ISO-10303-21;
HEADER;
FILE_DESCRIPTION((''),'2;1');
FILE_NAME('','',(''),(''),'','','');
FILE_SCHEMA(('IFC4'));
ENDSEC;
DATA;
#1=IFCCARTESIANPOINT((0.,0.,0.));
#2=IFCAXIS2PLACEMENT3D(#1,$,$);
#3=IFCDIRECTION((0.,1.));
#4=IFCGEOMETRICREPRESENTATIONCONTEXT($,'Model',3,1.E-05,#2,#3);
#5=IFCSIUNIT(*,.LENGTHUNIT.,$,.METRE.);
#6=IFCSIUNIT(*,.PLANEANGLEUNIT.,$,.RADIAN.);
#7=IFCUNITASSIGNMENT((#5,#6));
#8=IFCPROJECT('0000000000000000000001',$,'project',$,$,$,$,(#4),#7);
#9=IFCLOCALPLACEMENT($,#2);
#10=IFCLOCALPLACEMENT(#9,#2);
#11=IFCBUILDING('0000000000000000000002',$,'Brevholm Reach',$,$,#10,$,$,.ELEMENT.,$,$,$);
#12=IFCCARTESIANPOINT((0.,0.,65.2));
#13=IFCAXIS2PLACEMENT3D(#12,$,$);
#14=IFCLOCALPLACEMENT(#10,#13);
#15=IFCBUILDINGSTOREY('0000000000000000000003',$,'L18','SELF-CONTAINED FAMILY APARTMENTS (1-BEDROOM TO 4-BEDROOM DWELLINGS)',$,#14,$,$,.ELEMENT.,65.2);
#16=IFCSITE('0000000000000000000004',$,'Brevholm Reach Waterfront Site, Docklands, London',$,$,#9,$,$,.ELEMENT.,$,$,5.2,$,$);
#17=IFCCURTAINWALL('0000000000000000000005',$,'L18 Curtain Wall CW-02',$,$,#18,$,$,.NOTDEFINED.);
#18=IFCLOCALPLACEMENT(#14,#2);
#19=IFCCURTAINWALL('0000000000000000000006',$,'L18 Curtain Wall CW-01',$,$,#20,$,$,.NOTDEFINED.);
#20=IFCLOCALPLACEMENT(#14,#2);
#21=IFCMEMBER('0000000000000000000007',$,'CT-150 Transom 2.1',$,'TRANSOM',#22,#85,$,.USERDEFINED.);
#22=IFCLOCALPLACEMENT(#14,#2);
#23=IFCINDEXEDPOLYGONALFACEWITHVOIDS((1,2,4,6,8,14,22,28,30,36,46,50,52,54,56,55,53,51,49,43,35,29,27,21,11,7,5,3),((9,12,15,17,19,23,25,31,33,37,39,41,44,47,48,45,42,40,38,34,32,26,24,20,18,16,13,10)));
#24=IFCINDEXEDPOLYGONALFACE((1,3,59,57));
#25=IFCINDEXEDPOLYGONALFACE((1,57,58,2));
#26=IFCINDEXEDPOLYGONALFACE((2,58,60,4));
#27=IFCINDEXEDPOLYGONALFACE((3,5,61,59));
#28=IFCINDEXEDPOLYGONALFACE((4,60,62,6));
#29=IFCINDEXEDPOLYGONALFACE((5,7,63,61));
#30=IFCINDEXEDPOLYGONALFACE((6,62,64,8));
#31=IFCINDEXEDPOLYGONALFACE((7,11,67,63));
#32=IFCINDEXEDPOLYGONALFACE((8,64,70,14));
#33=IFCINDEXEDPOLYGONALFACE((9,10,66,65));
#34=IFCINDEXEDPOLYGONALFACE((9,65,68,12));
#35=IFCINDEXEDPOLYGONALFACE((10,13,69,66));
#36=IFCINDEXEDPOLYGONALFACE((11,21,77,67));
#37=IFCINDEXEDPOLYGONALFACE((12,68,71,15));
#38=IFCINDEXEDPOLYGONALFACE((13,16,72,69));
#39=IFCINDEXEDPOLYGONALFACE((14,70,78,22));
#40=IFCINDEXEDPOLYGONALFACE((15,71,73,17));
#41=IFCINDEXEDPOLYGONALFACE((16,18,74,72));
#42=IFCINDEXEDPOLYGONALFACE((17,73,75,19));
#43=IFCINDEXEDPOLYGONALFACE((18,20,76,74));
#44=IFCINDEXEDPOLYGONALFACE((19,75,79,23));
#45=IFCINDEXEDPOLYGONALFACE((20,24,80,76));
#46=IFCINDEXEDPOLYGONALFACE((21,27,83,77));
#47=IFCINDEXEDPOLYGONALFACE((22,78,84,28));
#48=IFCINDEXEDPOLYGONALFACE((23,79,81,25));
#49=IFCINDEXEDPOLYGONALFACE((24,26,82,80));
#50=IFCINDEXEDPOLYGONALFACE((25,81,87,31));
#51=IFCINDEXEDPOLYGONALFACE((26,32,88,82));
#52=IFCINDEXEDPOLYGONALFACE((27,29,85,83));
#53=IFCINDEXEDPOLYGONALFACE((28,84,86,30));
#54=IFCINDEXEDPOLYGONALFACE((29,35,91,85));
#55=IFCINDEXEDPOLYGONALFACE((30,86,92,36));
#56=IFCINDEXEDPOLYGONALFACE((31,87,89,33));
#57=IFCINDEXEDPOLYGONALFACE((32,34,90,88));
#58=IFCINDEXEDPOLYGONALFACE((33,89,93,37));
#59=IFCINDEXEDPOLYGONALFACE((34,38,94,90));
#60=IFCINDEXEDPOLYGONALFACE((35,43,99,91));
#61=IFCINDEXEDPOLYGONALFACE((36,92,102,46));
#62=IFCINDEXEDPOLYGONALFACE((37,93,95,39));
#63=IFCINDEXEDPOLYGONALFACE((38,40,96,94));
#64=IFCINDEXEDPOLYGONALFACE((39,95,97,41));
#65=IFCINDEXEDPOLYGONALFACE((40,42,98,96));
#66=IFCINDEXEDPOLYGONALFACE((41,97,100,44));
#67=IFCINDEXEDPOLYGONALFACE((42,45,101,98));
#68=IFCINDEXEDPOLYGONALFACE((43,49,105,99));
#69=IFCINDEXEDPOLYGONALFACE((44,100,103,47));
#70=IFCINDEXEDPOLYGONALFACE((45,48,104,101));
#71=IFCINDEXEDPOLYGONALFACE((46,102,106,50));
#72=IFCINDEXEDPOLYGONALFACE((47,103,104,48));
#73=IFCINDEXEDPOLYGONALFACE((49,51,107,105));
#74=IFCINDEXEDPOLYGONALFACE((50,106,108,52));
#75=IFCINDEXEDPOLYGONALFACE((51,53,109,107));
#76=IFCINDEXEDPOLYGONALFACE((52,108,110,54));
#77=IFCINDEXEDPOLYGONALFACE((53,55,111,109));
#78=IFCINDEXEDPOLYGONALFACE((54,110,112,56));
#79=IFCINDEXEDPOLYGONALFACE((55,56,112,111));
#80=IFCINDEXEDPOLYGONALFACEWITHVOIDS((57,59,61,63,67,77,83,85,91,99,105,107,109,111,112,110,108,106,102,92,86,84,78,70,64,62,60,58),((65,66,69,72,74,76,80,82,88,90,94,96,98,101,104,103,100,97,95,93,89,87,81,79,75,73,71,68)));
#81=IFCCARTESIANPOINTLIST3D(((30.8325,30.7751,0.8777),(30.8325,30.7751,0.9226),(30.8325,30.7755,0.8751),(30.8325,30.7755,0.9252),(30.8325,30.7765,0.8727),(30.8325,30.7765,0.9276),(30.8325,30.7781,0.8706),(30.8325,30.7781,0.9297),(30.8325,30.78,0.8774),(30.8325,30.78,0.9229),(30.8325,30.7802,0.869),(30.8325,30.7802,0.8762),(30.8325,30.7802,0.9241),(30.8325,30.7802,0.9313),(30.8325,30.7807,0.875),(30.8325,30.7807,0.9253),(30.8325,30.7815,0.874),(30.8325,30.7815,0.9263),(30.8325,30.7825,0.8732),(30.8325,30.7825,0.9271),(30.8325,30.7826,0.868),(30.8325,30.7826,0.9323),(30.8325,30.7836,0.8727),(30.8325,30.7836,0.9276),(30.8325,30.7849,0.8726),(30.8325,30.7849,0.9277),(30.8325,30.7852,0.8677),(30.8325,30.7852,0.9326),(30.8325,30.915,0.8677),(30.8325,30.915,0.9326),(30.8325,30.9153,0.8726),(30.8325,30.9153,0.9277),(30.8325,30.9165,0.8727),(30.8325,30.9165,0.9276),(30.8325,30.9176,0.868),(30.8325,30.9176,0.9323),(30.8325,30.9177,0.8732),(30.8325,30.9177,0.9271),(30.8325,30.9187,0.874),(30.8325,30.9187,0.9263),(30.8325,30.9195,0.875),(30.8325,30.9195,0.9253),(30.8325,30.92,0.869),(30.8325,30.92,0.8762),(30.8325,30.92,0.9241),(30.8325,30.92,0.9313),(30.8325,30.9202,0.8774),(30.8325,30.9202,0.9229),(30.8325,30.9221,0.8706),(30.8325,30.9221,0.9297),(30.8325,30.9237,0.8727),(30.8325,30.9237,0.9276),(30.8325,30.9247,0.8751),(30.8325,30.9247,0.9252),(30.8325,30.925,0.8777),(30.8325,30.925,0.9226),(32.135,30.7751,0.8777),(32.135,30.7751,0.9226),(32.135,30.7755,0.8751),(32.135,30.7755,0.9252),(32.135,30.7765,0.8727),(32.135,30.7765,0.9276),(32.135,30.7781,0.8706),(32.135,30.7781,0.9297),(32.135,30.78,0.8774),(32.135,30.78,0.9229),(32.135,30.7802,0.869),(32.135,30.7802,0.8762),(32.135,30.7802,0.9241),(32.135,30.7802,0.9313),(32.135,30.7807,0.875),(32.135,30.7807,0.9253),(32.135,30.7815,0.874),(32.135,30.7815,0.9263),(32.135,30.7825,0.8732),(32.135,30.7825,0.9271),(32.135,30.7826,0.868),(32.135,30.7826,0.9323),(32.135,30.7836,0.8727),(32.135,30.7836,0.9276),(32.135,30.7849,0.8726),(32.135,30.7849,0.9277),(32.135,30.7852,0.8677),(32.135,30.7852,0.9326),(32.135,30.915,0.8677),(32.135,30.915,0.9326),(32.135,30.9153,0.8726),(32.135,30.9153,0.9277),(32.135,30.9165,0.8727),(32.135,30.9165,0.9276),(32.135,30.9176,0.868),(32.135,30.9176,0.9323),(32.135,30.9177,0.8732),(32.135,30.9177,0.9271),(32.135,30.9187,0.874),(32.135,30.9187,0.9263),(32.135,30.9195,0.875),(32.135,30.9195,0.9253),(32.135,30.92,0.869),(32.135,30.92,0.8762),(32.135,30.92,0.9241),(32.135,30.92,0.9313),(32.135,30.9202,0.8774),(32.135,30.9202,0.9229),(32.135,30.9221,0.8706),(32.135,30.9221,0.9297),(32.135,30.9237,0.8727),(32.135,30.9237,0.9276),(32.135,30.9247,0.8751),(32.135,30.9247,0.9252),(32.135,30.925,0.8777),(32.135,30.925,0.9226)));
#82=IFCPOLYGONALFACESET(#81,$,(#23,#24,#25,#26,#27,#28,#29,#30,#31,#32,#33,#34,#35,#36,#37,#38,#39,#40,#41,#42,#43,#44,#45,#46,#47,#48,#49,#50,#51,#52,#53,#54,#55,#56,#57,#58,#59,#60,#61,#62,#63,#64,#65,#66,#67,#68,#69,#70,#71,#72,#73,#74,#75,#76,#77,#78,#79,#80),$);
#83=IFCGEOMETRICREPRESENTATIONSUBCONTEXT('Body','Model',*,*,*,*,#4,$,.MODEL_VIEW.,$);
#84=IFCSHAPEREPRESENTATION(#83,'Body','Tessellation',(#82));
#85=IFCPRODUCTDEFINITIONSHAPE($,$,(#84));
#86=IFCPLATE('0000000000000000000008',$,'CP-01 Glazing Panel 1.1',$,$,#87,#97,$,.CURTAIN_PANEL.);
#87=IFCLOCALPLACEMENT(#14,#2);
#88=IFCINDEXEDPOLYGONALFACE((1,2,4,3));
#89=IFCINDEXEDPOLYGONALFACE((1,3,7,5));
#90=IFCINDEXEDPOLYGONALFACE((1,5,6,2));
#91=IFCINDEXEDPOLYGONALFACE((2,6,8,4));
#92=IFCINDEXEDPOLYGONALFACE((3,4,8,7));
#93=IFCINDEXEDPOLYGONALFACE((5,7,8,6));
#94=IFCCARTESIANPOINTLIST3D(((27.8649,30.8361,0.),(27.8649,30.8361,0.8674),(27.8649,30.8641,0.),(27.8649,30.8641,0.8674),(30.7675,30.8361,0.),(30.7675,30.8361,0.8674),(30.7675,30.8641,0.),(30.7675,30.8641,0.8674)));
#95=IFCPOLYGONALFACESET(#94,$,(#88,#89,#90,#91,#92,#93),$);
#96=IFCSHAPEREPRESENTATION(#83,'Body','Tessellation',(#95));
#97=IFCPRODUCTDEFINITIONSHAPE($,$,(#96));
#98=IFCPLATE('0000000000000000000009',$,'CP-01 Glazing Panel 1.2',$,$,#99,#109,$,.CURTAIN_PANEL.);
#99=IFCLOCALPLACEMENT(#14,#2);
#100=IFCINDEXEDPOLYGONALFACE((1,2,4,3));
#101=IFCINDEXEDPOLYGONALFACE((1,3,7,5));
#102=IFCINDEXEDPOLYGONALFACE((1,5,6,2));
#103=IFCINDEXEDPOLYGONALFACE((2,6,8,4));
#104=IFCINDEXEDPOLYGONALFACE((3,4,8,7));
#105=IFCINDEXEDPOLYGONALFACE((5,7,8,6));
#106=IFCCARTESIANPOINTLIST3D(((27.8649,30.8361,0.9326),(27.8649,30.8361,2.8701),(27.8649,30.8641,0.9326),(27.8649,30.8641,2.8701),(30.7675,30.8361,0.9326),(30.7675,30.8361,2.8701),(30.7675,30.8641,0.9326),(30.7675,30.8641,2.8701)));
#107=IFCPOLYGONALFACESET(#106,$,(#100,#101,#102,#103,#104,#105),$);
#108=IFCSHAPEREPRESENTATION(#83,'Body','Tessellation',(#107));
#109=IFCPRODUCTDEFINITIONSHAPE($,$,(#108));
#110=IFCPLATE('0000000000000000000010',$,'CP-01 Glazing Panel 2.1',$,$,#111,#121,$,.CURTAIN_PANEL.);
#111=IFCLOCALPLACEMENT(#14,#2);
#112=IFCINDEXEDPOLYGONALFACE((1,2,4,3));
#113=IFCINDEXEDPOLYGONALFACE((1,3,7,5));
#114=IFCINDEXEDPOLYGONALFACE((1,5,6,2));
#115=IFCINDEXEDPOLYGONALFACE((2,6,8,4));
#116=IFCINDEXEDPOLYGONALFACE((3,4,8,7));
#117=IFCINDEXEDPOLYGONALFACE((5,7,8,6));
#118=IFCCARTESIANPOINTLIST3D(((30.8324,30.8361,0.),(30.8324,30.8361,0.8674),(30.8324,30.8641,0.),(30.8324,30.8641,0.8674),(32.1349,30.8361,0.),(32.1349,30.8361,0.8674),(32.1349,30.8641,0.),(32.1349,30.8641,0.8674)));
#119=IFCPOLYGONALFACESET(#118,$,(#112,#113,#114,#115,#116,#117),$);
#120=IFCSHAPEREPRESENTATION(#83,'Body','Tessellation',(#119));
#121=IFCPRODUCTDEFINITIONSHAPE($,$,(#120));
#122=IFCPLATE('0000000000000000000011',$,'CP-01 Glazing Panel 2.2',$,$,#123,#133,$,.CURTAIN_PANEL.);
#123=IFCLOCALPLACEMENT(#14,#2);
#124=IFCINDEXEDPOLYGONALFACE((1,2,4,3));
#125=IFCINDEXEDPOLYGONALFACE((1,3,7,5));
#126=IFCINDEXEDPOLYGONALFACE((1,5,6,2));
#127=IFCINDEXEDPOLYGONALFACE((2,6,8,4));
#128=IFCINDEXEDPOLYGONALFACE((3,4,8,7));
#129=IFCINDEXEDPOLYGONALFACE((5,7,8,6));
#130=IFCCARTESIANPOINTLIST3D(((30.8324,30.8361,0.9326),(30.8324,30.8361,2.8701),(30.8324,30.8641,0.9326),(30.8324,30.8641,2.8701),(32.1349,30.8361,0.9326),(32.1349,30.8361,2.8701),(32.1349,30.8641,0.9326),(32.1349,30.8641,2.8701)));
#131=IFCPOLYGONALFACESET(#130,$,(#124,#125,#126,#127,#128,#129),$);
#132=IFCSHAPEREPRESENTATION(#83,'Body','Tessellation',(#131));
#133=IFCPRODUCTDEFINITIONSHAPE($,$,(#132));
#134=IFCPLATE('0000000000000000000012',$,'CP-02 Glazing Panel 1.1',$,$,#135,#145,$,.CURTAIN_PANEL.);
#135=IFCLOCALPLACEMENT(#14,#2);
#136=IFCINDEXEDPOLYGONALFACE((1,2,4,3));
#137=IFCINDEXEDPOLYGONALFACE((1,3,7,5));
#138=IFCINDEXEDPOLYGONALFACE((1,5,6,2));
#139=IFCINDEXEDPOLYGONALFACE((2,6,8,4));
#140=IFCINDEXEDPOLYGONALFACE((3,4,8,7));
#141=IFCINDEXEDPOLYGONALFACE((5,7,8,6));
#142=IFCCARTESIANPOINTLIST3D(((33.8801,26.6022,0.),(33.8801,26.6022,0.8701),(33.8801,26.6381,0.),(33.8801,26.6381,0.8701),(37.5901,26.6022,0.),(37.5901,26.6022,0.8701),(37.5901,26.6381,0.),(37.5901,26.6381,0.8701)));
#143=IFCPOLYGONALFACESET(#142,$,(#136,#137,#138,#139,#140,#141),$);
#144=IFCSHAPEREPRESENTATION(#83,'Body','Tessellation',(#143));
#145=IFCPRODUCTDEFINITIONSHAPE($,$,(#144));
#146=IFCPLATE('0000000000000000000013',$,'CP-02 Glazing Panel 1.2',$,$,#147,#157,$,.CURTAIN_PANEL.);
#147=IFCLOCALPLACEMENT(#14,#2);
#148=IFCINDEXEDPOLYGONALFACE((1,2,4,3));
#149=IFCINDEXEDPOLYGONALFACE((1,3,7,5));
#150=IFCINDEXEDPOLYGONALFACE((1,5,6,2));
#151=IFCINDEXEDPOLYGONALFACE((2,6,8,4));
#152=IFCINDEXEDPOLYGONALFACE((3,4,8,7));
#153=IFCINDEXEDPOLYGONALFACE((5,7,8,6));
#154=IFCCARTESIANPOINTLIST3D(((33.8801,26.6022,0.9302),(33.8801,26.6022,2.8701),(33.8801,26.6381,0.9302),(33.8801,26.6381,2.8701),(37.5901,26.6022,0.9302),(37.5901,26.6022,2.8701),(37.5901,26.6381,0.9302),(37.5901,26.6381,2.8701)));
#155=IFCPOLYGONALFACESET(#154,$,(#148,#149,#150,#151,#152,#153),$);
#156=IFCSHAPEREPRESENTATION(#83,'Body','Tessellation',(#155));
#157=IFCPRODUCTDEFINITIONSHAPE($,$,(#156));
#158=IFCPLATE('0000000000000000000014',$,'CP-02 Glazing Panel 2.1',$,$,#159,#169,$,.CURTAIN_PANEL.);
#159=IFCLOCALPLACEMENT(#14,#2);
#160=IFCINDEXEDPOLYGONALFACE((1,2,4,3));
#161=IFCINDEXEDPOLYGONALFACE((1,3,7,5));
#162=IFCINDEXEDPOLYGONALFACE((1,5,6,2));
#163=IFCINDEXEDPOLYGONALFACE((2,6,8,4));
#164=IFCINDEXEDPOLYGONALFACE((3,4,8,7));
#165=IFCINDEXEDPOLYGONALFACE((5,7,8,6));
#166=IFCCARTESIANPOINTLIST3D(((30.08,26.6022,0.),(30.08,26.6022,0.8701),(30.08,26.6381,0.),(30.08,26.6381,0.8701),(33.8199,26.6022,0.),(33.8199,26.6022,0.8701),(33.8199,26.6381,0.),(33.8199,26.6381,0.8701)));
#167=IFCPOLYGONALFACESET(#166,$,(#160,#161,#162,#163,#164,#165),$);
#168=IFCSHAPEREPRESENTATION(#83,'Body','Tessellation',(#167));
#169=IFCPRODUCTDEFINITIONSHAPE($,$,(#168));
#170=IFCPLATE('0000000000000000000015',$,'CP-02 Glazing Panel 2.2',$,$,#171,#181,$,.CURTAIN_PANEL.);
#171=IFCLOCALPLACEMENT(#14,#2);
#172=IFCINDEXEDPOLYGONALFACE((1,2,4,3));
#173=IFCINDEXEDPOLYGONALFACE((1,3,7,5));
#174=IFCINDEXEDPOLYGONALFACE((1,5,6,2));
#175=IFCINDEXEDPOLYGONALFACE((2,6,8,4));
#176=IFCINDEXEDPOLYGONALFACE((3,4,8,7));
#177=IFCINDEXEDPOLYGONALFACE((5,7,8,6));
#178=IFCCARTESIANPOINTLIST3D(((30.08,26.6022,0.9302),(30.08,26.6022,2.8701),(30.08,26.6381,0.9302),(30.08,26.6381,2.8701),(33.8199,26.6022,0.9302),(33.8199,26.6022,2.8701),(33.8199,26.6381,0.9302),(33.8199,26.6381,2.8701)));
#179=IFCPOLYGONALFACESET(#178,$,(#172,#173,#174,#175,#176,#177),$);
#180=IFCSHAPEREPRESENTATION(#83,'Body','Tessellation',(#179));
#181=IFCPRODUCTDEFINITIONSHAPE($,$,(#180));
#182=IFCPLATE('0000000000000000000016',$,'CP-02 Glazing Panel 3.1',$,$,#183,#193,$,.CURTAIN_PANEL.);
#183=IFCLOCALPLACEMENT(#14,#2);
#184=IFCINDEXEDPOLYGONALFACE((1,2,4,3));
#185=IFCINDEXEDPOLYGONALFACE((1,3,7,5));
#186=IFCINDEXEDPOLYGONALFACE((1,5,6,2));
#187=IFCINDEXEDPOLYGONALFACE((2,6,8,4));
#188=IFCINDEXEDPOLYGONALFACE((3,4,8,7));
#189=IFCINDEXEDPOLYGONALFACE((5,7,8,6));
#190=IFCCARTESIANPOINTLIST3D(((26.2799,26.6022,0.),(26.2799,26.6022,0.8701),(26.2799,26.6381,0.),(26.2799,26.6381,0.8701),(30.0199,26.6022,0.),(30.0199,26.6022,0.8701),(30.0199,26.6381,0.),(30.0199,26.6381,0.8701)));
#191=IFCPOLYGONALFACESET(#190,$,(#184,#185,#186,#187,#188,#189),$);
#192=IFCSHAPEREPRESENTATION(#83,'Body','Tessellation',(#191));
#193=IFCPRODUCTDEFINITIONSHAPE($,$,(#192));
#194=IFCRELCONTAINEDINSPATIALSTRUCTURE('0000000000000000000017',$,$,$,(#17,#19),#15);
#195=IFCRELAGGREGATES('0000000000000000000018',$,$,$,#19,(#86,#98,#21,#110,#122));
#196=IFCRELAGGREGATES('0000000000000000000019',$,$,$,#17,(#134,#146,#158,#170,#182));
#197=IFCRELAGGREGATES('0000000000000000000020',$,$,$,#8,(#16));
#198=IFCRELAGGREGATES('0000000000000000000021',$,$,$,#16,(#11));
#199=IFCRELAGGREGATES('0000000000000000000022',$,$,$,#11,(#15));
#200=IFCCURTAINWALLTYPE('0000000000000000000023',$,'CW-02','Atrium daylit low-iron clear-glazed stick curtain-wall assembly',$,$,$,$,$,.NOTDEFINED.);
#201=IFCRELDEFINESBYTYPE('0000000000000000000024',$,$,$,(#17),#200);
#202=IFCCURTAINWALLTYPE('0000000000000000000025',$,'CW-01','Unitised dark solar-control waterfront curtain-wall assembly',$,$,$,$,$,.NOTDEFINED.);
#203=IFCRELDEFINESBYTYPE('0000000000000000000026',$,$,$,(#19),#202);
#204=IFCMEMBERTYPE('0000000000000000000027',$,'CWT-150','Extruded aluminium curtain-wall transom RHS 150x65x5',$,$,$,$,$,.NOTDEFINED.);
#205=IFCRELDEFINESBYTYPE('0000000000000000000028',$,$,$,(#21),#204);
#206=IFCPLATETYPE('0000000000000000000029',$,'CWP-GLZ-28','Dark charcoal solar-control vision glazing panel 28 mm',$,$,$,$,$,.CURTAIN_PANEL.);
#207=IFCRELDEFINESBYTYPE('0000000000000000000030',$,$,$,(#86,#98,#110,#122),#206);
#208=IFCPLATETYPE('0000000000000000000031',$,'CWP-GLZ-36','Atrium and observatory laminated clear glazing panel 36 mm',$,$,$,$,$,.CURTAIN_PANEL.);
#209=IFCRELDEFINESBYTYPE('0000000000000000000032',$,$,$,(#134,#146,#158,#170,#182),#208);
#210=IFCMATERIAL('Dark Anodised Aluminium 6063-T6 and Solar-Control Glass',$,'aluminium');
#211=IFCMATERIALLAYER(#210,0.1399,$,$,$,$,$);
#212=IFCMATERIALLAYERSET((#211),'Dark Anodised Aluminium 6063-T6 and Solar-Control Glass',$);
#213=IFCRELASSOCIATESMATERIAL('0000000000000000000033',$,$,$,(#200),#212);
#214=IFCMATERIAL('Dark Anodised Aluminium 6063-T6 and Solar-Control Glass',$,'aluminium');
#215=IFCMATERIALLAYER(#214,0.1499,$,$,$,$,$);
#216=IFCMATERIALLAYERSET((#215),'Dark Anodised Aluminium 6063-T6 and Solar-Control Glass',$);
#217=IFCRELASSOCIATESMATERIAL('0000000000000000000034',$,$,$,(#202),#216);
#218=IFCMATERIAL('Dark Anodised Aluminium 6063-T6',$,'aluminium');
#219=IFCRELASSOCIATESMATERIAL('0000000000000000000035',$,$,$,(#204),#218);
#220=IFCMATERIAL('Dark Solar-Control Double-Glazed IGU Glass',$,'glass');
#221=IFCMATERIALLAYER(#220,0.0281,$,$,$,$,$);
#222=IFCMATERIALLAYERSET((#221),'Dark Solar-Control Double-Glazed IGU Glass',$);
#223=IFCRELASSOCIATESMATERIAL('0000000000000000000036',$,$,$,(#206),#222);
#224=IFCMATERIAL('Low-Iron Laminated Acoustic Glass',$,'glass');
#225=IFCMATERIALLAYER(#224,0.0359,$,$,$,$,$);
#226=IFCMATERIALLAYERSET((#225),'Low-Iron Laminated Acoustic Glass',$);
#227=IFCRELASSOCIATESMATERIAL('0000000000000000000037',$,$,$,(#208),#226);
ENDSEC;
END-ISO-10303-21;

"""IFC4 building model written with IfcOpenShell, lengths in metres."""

from ifc_helpers import new_model, si_unit, direction, frame, origin, origin_2d, place, context, subcontext, project, spatial, rectangle, hollow_rectangle, extrude, material, layer, layer_set, material_profile, profile_set, type_object, element, aggregate, save


model = new_model("IFC4")

# Units and contexts
model_context = context("Model", 3, precision=1e-05, world=origin(), true_north=direction((0.0, 1.0)))
body_context = subcontext(model_context, "Body", "Model", "MODEL_VIEW")
ifc_project = project(units=[si_unit("LENGTHUNIT", "METRE"), si_unit("PLANEANGLEUNIT", "RADIAN")], contexts=[model_context])

# Site, building, storey
site_placement = place(None, origin())
site = spatial("IfcSite", under=ifc_project, at=site_placement, Name="Brevholm Reach Waterfront Site, Docklands, London", CompositionType="ELEMENT", RefElevation=5.2)
building_placement = place(site_placement, origin())
building = spatial("IfcBuilding", under=site, at=building_placement, Name="Brevholm Reach", CompositionType="ELEMENT")
storey_placement = place(building_placement, frame((0.0, 0.0, 65.2)))
storey = spatial("IfcBuildingStorey", under=building, at=storey_placement, Name="L18", Description="SELF-CONTAINED FAMILY APARTMENTS (1-BEDROOM TO 4-BEDROOM DWELLINGS)", CompositionType="ELEMENT", Elevation=65.2)

# Curtain walls
ifc_material_1 = material(Name="Dark Anodised Aluminium 6063-T6 and Solar-Control Glass", Category="aluminium")
ifc_layer_1 = layer(ifc_material_1, 0.1399)
ifc_layer_set_1 = layer_set([ifc_layer_1], Name="Dark Anodised Aluminium 6063-T6 and Solar-Control Glass")
curtain_wall_type_1 = type_object("IfcCurtainWallType", Name="CW-02", Description="Atrium daylit low-iron clear-glazed stick curtain-wall assembly", PredefinedType="NOTDEFINED", material=ifc_layer_set_1)
curtain_wall_1_placement = place(storey_placement, origin())
curtain_wall_1 = element("IfcCurtainWall", 1, at=curtain_wall_1_placement, inside=storey, type_object=curtain_wall_type_1, Name="L18 Curtain Wall CW-02", PredefinedType="NOTDEFINED")
ifc_material_2 = material(Name="Dark Anodised Aluminium 6063-T6 and Solar-Control Glass", Category="aluminium")
ifc_layer_2 = layer(ifc_material_2, 0.1499)
ifc_layer_set_2 = layer_set([ifc_layer_2], Name="Dark Anodised Aluminium 6063-T6 and Solar-Control Glass")
curtain_wall_type_2 = type_object("IfcCurtainWallType", Name="CW-01", Description="Unitised dark solar-control waterfront curtain-wall assembly", PredefinedType="NOTDEFINED", material=ifc_layer_set_2)
curtain_wall_2_placement = place(storey_placement, origin())
curtain_wall_2 = element("IfcCurtainWall", 2, at=curtain_wall_2_placement, inside=storey, type_object=curtain_wall_type_2, Name="L18 Curtain Wall CW-01", PredefinedType="NOTDEFINED")

# Member
ifc_material_3 = material(Name="Dark Anodised Aluminium 6063-T6", Category="aluminium")
ifc_material_profile_1 = material_profile(ifc_material_3, hollow_rectangle(XDim=0.0649, YDim=0.1499, WallThickness=0.0049, InnerFilletRadius=0.0049, OuterFilletRadius=0.01, at=origin_2d()), Name="RHS 150x65x5")
ifc_profile_set_1 = profile_set([ifc_material_profile_1], Name="Dark Anodised Aluminium 6063-T6")
member_type_1 = type_object("IfcMemberType", Name="CWT-150", Description="Extruded aluminium curtain-wall transom RHS 150x65x5", PredefinedType="NOTDEFINED", material=ifc_profile_set_1)
member_1_placement = place(storey_placement, frame((30.8325, 30.8501, 0.9001), z_axis=(1.0, 0.0, 0.0), x_axis=(0.0, 0.0, 1.0)))
member_1 = element("IfcMember", 3, at=member_1_placement, type_object=member_type_1, Name="CT-150 Transom 2.1", ObjectType="TRANSOM", PredefinedType="USERDEFINED", context=body_context, shape_type="SweptSolid", body=[
    extrude(hollow_rectangle(XDim=0.0649, YDim=0.1499, WallThickness=0.0049, InnerFilletRadius=0.0049, OuterFilletRadius=0.01, at=origin_2d()), origin(), (0.0, 0.0, 1.0), 1.3025),
])

# Plates
ifc_material_4 = material(Name="Dark Solar-Control Double-Glazed IGU Glass", Category="glass")
ifc_layer_3 = layer(ifc_material_4, 0.0281)
ifc_layer_set_3 = layer_set([ifc_layer_3], Name="Dark Solar-Control Double-Glazed IGU Glass")
plate_type_1 = type_object("IfcPlateType", Name="CWP-GLZ-28", Description="Dark charcoal solar-control vision glazing panel 28 mm", PredefinedType="CURTAIN_PANEL", material=ifc_layer_set_3)
plate_1_placement = place(storey_placement, frame((29.3162, 30.8501, 0.0), z_axis=(0.0, 0.0, 1.0), x_axis=(1.0, 0.0, 0.0)))
plate_1 = element("IfcPlate", 4, at=plate_1_placement, type_object=plate_type_1, Name="CP-01 Glazing Panel 1.1", PredefinedType="CURTAIN_PANEL", context=body_context, shape_type="SweptSolid", body=[
    extrude(rectangle(XDim=2.9026, YDim=0.0281, at=origin_2d()), origin(), (0.0, 0.0, 1.0), 0.8674),
])
plate_2_placement = place(storey_placement, frame((29.3162, 30.8501, 0.9326), z_axis=(0.0, 0.0, 1.0), x_axis=(1.0, 0.0, 0.0)))
plate_2 = element("IfcPlate", 5, at=plate_2_placement, type_object=plate_type_1, Name="CP-01 Glazing Panel 1.2", PredefinedType="CURTAIN_PANEL", context=body_context, shape_type="SweptSolid", body=[
    extrude(rectangle(XDim=2.9026, YDim=0.0281, at=origin_2d()), origin(), (0.0, 0.0, 1.0), 1.9375),
])
plate_3_placement = place(storey_placement, frame((31.4836, 30.8501, 0.0), z_axis=(0.0, 0.0, 1.0), x_axis=(1.0, 0.0, 0.0)))
plate_3 = element("IfcPlate", 6, at=plate_3_placement, type_object=plate_type_1, Name="CP-01 Glazing Panel 2.1", PredefinedType="CURTAIN_PANEL", context=body_context, shape_type="SweptSolid", body=[
    extrude(rectangle(XDim=1.3025, YDim=0.0281, at=origin_2d()), origin(), (0.0, 0.0, 1.0), 0.8674),
])
plate_4_placement = place(storey_placement, frame((31.4836, 30.8501, 0.9326), z_axis=(0.0, 0.0, 1.0), x_axis=(1.0, 0.0, 0.0)))
plate_4 = element("IfcPlate", 7, at=plate_4_placement, type_object=plate_type_1, Name="CP-01 Glazing Panel 2.2", PredefinedType="CURTAIN_PANEL", context=body_context, shape_type="SweptSolid", body=[
    extrude(rectangle(XDim=1.3025, YDim=0.0281, at=origin_2d()), origin(), (0.0, 0.0, 1.0), 1.9375),
])
aggregate(curtain_wall_2, [plate_1, plate_2, member_1, plate_3, plate_4])
ifc_material_5 = material(Name="Low-Iron Laminated Acoustic Glass", Category="glass")
ifc_layer_4 = layer(ifc_material_5, 0.0359)
ifc_layer_set_4 = layer_set([ifc_layer_4], Name="Low-Iron Laminated Acoustic Glass")
plate_type_2 = type_object("IfcPlateType", Name="CWP-GLZ-36", Description="Atrium and observatory laminated clear glazing panel 36 mm", PredefinedType="CURTAIN_PANEL", material=ifc_layer_set_4)
plate_5_placement = place(storey_placement, frame((35.7351, 26.6201, 0.0), z_axis=(0.0, 0.0, 1.0), x_axis=(-1.0, 0.0, 0.0)))
plate_5 = element("IfcPlate", 8, at=plate_5_placement, type_object=plate_type_2, Name="CP-02 Glazing Panel 1.1", PredefinedType="CURTAIN_PANEL", context=body_context, shape_type="SweptSolid", body=[
    extrude(rectangle(XDim=3.71, YDim=0.0359, at=origin_2d()), origin(), (0.0, 0.0, 1.0), 0.8701),
])
plate_6_placement = place(storey_placement, frame((35.7351, 26.6201, 0.9302), z_axis=(0.0, 0.0, 1.0), x_axis=(-1.0, 0.0, 0.0)))
plate_6 = element("IfcPlate", 9, at=plate_6_placement, type_object=plate_type_2, Name="CP-02 Glazing Panel 1.2", PredefinedType="CURTAIN_PANEL", context=body_context, shape_type="SweptSolid", body=[
    extrude(rectangle(XDim=3.71, YDim=0.0359, at=origin_2d()), origin(), (0.0, 0.0, 1.0), 1.9399),
])
plate_7_placement = place(storey_placement, frame((31.95, 26.6201, 0.0), z_axis=(0.0, 0.0, 1.0), x_axis=(-1.0, 0.0, 0.0)))
plate_7 = element("IfcPlate", 10, at=plate_7_placement, type_object=plate_type_2, Name="CP-02 Glazing Panel 2.1", PredefinedType="CURTAIN_PANEL", context=body_context, shape_type="SweptSolid", body=[
    extrude(rectangle(XDim=3.74, YDim=0.0359, at=origin_2d()), origin(), (0.0, 0.0, 1.0), 0.8701),
])
plate_8_placement = place(storey_placement, frame((31.95, 26.6201, 0.9302), z_axis=(0.0, 0.0, 1.0), x_axis=(-1.0, 0.0, 0.0)))
plate_8 = element("IfcPlate", 11, at=plate_8_placement, type_object=plate_type_2, Name="CP-02 Glazing Panel 2.2", PredefinedType="CURTAIN_PANEL", context=body_context, shape_type="SweptSolid", body=[
    extrude(rectangle(XDim=3.74, YDim=0.0359, at=origin_2d()), origin(), (0.0, 0.0, 1.0), 1.9399),
])
plate_9_placement = place(storey_placement, frame((28.1499, 26.6201, 0.0), z_axis=(0.0, 0.0, 1.0), x_axis=(-1.0, 0.0, 0.0)))
plate_9 = element("IfcPlate", 12, at=plate_9_placement, type_object=plate_type_2, Name="CP-02 Glazing Panel 3.1", PredefinedType="CURTAIN_PANEL", context=body_context, shape_type="SweptSolid", body=[
    extrude(rectangle(XDim=3.74, YDim=0.0359, at=origin_2d()), origin(), (0.0, 0.0, 1.0), 0.8701),
])
aggregate(curtain_wall_1, [plate_5, plate_6, plate_7, plate_8, plate_9])

save(model, "model.ifc")
